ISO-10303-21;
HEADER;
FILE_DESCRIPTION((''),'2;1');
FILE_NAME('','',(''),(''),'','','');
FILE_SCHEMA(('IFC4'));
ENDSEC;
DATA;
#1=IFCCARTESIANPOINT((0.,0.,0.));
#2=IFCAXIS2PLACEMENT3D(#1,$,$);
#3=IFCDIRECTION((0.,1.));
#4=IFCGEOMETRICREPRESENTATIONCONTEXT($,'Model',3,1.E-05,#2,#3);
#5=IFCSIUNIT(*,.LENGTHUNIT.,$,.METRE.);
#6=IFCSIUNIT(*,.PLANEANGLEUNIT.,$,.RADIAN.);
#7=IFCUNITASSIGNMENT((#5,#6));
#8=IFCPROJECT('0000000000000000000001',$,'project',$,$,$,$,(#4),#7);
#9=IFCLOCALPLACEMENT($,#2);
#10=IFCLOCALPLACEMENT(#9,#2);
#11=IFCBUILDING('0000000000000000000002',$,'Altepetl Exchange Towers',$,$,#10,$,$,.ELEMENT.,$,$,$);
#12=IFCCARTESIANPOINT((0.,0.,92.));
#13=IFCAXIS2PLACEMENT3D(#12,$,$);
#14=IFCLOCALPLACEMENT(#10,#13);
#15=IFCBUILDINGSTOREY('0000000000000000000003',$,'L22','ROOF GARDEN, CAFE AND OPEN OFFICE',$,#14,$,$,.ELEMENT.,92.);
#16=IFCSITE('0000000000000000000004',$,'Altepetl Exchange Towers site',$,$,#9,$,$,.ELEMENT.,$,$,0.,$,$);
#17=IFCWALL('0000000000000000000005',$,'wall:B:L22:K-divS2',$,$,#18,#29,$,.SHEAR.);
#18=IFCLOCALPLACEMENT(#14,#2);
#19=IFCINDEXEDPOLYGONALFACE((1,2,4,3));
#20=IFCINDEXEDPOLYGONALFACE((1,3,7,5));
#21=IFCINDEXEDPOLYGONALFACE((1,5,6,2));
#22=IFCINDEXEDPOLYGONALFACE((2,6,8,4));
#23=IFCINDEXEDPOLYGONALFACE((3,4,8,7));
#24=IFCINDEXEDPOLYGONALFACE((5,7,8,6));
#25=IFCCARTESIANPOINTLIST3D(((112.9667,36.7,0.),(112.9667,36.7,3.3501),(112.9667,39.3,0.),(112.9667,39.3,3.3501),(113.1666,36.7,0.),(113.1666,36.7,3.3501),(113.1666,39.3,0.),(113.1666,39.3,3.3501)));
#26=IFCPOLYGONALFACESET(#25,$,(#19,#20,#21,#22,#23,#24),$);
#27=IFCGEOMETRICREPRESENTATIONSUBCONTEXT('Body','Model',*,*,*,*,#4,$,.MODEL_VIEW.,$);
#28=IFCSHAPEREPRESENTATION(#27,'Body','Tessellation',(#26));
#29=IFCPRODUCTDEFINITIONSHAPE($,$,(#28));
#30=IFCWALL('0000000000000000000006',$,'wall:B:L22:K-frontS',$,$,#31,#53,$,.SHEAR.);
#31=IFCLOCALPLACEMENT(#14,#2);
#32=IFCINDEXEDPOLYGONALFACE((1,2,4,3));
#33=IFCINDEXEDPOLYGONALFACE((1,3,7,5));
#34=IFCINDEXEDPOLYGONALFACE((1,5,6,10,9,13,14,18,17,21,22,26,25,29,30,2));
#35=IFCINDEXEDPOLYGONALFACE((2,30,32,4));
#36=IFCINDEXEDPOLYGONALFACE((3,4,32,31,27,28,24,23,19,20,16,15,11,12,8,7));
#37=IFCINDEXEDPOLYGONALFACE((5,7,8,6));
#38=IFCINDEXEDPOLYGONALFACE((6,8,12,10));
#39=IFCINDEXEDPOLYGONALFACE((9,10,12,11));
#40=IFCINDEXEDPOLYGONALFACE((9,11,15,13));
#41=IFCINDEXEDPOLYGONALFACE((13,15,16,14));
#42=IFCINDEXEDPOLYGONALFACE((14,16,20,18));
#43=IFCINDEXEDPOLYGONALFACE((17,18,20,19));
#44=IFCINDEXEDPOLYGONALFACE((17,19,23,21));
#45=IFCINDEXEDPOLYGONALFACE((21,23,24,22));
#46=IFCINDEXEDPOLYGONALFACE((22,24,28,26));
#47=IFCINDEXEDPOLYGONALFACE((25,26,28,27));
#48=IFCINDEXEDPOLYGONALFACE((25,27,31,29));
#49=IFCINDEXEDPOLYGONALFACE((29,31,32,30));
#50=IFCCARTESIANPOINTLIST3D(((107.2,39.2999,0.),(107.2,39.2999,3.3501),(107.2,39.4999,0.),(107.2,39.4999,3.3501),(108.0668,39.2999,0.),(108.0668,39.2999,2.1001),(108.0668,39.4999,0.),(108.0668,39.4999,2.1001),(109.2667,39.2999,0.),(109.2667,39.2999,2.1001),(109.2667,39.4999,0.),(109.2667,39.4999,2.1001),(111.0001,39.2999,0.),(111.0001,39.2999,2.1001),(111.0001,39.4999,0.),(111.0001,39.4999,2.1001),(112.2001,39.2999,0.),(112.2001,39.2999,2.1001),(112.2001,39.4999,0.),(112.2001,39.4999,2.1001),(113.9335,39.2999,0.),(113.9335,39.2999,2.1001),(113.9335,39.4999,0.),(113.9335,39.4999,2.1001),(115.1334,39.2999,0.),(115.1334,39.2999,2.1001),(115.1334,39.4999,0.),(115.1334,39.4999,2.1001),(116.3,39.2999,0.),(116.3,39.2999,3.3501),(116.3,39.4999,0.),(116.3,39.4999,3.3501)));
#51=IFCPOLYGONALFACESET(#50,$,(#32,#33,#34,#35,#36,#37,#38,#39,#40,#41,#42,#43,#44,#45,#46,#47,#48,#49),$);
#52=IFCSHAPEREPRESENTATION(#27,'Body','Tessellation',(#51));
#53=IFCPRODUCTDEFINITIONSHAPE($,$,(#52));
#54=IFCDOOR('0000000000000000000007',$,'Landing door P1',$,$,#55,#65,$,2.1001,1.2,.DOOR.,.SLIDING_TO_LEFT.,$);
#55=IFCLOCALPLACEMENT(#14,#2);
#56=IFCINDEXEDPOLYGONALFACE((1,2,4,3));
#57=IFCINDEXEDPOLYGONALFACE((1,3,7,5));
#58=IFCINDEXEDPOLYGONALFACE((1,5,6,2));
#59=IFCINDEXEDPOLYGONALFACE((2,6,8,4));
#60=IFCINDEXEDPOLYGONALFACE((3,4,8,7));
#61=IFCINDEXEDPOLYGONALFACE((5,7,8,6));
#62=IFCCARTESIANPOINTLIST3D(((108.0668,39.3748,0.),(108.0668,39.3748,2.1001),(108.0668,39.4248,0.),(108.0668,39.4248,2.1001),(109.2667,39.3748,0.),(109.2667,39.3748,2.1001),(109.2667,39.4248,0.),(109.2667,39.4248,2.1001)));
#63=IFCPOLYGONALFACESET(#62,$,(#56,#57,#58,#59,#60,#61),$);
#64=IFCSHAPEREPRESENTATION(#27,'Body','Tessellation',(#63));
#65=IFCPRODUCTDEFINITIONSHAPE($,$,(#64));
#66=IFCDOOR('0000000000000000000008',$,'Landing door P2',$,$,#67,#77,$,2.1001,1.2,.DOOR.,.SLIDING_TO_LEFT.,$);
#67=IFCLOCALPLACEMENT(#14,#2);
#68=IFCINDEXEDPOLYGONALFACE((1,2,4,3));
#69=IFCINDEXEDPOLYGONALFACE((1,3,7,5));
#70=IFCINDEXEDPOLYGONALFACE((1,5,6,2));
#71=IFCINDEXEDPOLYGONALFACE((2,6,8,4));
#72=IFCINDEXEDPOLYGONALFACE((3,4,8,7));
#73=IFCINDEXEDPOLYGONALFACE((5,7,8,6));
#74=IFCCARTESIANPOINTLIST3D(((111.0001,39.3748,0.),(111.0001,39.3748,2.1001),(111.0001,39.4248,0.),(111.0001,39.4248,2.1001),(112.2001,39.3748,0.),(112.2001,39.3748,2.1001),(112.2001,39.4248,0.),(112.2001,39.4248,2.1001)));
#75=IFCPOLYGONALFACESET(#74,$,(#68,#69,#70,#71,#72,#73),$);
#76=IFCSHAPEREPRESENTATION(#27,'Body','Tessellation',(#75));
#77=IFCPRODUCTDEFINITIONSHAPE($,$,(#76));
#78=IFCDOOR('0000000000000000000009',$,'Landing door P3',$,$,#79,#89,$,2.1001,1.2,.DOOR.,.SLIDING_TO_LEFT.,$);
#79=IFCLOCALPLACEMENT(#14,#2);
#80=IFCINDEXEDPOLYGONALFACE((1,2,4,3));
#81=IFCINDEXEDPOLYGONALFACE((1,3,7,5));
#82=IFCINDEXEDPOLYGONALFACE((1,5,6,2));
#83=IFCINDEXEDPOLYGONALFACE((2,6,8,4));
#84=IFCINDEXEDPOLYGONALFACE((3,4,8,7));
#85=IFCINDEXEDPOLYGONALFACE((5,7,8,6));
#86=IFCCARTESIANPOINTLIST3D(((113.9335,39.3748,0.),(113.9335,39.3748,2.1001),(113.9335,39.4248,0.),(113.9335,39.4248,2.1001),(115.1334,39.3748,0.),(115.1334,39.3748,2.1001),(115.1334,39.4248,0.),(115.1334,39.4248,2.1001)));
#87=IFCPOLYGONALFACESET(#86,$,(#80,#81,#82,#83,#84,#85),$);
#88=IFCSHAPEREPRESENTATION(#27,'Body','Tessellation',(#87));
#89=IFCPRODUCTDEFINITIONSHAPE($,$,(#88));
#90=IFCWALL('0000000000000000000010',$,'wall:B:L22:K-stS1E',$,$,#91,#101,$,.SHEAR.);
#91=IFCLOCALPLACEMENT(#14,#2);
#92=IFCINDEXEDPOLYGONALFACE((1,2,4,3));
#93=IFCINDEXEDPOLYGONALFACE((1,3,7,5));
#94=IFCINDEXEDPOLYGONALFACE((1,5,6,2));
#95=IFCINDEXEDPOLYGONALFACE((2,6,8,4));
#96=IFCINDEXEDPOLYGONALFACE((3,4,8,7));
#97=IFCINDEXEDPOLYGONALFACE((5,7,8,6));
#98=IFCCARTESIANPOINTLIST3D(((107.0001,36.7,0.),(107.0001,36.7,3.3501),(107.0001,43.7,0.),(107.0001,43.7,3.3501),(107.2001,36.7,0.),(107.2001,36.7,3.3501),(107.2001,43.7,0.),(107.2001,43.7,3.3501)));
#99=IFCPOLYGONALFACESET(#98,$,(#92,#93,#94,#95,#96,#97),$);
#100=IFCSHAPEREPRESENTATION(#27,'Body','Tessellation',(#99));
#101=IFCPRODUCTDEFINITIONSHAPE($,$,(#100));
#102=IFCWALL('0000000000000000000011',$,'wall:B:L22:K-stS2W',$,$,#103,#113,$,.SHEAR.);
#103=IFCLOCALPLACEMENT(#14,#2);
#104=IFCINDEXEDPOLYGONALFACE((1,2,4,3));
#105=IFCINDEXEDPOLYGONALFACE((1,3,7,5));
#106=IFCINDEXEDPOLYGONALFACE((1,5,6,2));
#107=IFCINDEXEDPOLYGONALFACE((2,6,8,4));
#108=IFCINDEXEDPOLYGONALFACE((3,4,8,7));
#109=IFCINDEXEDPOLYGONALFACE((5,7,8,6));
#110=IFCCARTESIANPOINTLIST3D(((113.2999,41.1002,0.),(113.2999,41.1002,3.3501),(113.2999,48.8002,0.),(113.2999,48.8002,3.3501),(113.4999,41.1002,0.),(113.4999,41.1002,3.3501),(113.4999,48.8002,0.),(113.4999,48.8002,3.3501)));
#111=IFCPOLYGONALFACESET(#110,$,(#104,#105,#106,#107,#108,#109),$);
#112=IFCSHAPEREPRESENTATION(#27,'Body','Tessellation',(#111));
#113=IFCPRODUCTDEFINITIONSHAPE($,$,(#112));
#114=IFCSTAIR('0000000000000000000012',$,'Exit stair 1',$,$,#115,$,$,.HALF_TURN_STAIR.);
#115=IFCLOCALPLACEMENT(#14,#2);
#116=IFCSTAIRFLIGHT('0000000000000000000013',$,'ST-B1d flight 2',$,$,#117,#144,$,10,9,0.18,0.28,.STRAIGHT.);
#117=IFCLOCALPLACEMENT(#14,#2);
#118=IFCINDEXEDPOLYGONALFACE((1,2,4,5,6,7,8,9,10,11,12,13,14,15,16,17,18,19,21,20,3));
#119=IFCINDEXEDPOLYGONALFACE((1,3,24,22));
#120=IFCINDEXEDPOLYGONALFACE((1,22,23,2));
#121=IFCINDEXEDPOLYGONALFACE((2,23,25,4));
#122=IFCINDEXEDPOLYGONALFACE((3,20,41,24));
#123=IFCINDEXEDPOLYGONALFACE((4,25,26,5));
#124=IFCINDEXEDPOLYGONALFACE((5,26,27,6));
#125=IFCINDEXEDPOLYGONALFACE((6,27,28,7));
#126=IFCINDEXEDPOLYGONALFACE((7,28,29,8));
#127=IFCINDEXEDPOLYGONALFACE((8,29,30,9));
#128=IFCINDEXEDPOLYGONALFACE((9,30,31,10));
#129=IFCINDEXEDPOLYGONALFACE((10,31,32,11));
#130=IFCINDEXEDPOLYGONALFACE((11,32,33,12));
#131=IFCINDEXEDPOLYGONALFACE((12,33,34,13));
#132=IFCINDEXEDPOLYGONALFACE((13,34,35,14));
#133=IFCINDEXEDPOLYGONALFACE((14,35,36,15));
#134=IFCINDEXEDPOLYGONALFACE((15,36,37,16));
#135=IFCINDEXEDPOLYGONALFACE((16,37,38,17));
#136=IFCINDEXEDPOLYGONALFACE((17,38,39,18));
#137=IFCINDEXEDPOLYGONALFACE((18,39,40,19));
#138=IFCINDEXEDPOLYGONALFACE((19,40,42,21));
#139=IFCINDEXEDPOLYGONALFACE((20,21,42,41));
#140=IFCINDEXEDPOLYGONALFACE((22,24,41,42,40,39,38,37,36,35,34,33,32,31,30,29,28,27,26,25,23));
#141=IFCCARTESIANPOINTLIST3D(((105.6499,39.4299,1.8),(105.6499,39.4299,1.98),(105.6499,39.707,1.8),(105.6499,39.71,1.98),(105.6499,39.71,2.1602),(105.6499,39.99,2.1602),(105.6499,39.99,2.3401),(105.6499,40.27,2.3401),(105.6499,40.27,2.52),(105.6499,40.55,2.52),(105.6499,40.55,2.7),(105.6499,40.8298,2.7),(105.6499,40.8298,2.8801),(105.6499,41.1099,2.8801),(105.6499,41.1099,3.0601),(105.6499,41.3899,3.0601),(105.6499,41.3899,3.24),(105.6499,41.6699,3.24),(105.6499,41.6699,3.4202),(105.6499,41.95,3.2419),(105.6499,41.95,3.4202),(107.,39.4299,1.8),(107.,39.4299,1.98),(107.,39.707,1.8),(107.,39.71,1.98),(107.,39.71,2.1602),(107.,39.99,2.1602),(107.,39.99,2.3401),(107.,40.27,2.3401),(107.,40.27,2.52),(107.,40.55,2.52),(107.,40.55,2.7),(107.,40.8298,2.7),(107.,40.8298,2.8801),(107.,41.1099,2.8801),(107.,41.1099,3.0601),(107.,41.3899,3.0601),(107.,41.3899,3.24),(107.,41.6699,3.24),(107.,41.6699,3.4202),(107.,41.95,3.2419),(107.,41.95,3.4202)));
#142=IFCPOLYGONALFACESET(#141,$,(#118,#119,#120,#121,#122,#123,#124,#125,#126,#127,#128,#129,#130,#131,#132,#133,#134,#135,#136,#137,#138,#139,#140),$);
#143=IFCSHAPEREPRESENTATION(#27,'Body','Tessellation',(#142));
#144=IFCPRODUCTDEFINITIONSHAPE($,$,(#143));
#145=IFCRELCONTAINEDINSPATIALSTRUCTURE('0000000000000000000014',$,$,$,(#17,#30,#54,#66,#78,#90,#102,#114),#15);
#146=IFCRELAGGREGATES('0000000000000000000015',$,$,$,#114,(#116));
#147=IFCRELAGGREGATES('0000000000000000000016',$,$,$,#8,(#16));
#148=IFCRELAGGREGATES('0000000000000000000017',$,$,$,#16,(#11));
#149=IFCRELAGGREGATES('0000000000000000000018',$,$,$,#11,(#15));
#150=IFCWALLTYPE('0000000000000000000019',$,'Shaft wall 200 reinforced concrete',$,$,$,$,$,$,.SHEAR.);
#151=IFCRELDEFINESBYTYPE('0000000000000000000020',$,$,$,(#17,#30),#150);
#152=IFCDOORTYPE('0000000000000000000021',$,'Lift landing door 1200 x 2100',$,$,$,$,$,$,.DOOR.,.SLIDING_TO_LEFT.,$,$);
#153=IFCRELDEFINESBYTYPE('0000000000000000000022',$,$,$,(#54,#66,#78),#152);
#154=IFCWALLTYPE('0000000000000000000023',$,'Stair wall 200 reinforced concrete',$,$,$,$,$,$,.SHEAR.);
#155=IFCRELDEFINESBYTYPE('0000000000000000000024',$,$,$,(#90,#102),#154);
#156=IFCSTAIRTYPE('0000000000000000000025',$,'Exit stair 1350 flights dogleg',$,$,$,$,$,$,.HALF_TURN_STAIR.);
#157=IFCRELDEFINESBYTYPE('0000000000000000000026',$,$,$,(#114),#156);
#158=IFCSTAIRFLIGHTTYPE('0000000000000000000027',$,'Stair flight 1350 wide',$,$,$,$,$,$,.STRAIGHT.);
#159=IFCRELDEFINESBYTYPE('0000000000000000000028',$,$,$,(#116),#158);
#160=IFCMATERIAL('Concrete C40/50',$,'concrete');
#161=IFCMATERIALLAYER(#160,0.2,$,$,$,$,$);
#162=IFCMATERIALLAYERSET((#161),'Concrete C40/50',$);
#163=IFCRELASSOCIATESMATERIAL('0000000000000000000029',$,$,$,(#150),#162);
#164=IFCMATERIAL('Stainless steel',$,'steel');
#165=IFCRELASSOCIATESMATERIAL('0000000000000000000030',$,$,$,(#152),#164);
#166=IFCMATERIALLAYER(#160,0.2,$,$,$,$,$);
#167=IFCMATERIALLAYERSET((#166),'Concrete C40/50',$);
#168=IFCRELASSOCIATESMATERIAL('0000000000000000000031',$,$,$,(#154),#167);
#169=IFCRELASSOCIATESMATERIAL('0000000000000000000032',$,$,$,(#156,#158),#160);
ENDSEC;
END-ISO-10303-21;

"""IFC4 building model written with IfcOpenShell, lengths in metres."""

from ifc_helpers import new_model, si_unit, direction, frame, frame_2d, origin, place, context, subcontext, project, spatial, polyline, rectangle, outline, extrude, material, layer, layer_set, type_object, element, fill, aggregate, save


model = new_model("IFC4")

# Units and contexts
model_context = context("Model", 3, precision=1e-05, world=origin(), true_north=direction((0.0, 1.0)))
body_context = subcontext(model_context, "Body", "Model", "MODEL_VIEW")
ifc_project = project(units=[si_unit("LENGTHUNIT", "METRE"), si_unit("PLANEANGLEUNIT", "RADIAN")], contexts=[model_context])

# Site, building, storey
site_placement = place(None, origin())
site = spatial("IfcSite", under=ifc_project, at=site_placement, Name="Altepetl Exchange Towers site", CompositionType="ELEMENT", RefElevation=0.0)
building_placement = place(site_placement, origin())
building = spatial("IfcBuilding", under=site, at=building_placement, Name="Altepetl Exchange Towers", CompositionType="ELEMENT")
storey_placement = place(building_placement, frame((0.0, 0.0, 92.0)))
storey = spatial("IfcBuildingStorey", under=building, at=storey_placement, Name="L22", Description="ROOF GARDEN, CAFE AND OPEN OFFICE", CompositionType="ELEMENT", Elevation=92.0)

# Wall
ifc_material_1 = material(Name="Concrete C40/50", Category="concrete")
ifc_layer_1 = layer(ifc_material_1, 0.2)
ifc_layer_set_1 = layer_set([ifc_layer_1], Name="Concrete C40/50")
wall_type_1 = type_object("IfcWallType", Name="Shaft wall 200 reinforced concrete", PredefinedType="SHEAR", material=ifc_layer_set_1)
for number, where, z_axis, x_axis, name in (
    (1, (113.0667, 36.7, 0.0), (0.0, 0.0, 1.0), (0.0, 1.0, 0.0), "wall:B:L22:K-divS2"),
):
    element("IfcWall", number, at=place(storey_placement, frame(where, z_axis=z_axis, x_axis=x_axis)), inside=storey, type_object=wall_type_1, Name=name, PredefinedType="SHEAR", context=body_context, shape_type="SweptSolid", body=[
        extrude(rectangle(XDim=2.6001, YDim=0.2, at=frame_2d((1.3, 0.0))), origin(), (0.0, 0.0, 1.0), 3.3501),
    ])

# Wall, openings, doors
wall_1_placement = place(storey_placement, frame((107.2, 39.3999, 0.0)))
wall_1 = element("IfcWall", 2, at=wall_1_placement, inside=storey, type_object=wall_type_1, Name="wall:B:L22:K-frontS", PredefinedType="SHEAR", context=body_context, shape_type="SweptSolid", body=[
    extrude(rectangle(XDim=9.1001, YDim=0.2, at=frame_2d((4.55, 0.0))), origin(), (0.0, 0.0, 1.0), 3.3501),
])
opening_1_placement = place(wall_1_placement, frame((0.8667, 0.0, 0.0)))
opening_1 = element("IfcOpeningElement", 3, at=opening_1_placement, cuts=wall_1, PredefinedType="OPENING", context=body_context, shape_type="SweptSolid", body=[
    extrude(rectangle(XDim=1.2, YDim=2.1001, at=frame_2d((0.6001, 1.05))), frame((0.0, 0.1099, 0.0), z_axis=(0.0, -1.0, 0.0), x_axis=(1.0, 0.0, 0.0)), (0.0, 0.0, 1.0), 0.22),
])
opening_2_placement = place(wall_1_placement, frame((3.8, 0.0, 0.0)))
opening_2 = element("IfcOpeningElement", 4, at=opening_2_placement, cuts=wall_1, PredefinedType="OPENING", context=body_context, shape_type="SweptSolid", body=[
    extrude(rectangle(XDim=1.2, YDim=2.1001, at=frame_2d((0.6001, 1.05))), frame((0.0, 0.1099, 0.0), z_axis=(0.0, -1.0, 0.0), x_axis=(1.0, 0.0, 0.0)), (0.0, 0.0, 1.0), 0.22),
])
opening_3_placement = place(wall_1_placement, frame((6.7334, 0.0, 0.0)))
opening_3 = element("IfcOpeningElement", 5, at=opening_3_placement, cuts=wall_1, PredefinedType="OPENING", context=body_context, shape_type="SweptSolid", body=[
    extrude(rectangle(XDim=1.2, YDim=2.1001, at=frame_2d((0.6001, 1.05))), frame((0.0, 0.1099, 0.0), z_axis=(0.0, -1.0, 0.0), x_axis=(1.0, 0.0, 0.0)), (0.0, 0.0, 1.0), 0.22),
])
ifc_material_2 = material(Name="Stainless steel", Category="steel")
door_type_1 = type_object("IfcDoorType", Name="Lift landing door 1200 x 2100", OperationType="SLIDING_TO_LEFT", PredefinedType="DOOR", material=ifc_material_2)
door_1_placement = place(opening_1_placement, origin())
door_1 = element("IfcDoor", 6, at=door_1_placement, inside=storey, type_object=door_type_1, Name="Landing door P1", OperationType="SLIDING_TO_LEFT", OverallHeight=2.1001, OverallWidth=1.2, PredefinedType="DOOR", context=body_context, shape_type="SweptSolid", body=[
    extrude(rectangle(XDim=1.2, YDim=2.1001, at=frame_2d((0.6001, 1.05))), frame((0.0, 0.0249, 0.0), z_axis=(0.0, -1.0, 0.0), x_axis=(1.0, 0.0, 0.0)), (0.0, 0.0, 1.0), 0.05),
])
fill(opening_1, door_1)
door_2_placement = place(opening_2_placement, origin())
door_2 = element("IfcDoor", 7, at=door_2_placement, inside=storey, type_object=door_type_1, Name="Landing door P2", OperationType="SLIDING_TO_LEFT", OverallHeight=2.1001, OverallWidth=1.2, PredefinedType="DOOR", context=body_context, shape_type="SweptSolid", body=[
    extrude(rectangle(XDim=1.2, YDim=2.1001, at=frame_2d((0.6001, 1.05))), frame((0.0, 0.0249, 0.0), z_axis=(0.0, -1.0, 0.0), x_axis=(1.0, 0.0, 0.0)), (0.0, 0.0, 1.0), 0.05),
])
fill(opening_2, door_2)
door_3_placement = place(opening_3_placement, origin())
door_3 = element("IfcDoor", 8, at=door_3_placement, inside=storey, type_object=door_type_1, Name="Landing door P3", OperationType="SLIDING_TO_LEFT", OverallHeight=2.1001, OverallWidth=1.2, PredefinedType="DOOR", context=body_context, shape_type="SweptSolid", body=[
    extrude(rectangle(XDim=1.2, YDim=2.1001, at=frame_2d((0.6001, 1.05))), frame((0.0, 0.0249, 0.0), z_axis=(0.0, -1.0, 0.0), x_axis=(1.0, 0.0, 0.0)), (0.0, 0.0, 1.0), 0.05),
])
fill(opening_3, door_3)

# Walls
ifc_layer_2 = layer(ifc_material_1, 0.2)
ifc_layer_set_2 = layer_set([ifc_layer_2], Name="Concrete C40/50")
wall_type_2 = type_object("IfcWallType", Name="Stair wall 200 reinforced concrete", PredefinedType="SHEAR", material=ifc_layer_set_2)
wall_2_placement = place(storey_placement, frame((107.1001, 36.7, 0.0), z_axis=(0.0, 0.0, 1.0), x_axis=(0.0, 1.0, 0.0)))
element("IfcWall", 9, at=wall_2_placement, inside=storey, type_object=wall_type_2, Name="wall:B:L22:K-stS1E", PredefinedType="SHEAR", context=body_context, shape_type="SweptSolid", body=[
    extrude(rectangle(XDim=7.0, YDim=0.2, at=frame_2d((3.5, 0.0))), origin(), (0.0, 0.0, 1.0), 3.3501),
])
wall_3_placement = place(storey_placement, frame((113.3999, 41.1001, 0.0), z_axis=(0.0, 0.0, 1.0), x_axis=(0.0, 1.0, 0.0)))
element("IfcWall", 10, at=wall_3_placement, inside=storey, type_object=wall_type_2, Name="wall:B:L22:K-stS2W", PredefinedType="SHEAR", context=body_context, shape_type="SweptSolid", body=[
    extrude(rectangle(XDim=7.7, YDim=0.2, at=frame_2d((3.8501, 0.0))), origin(), (0.0, 0.0, 1.0), 3.3501),
])

# Stair, stair flight
stair_type = type_object("IfcStairType", Name="Exit stair 1350 flights dogleg", PredefinedType="HALF_TURN_STAIR", material=ifc_material_1)
stair_placement = place(storey_placement, origin())
stair = element("IfcStair", 11, at=stair_placement, inside=storey, type_object=stair_type, Name="Exit stair 1", PredefinedType="HALF_TURN_STAIR")
stair_flight_type = type_object("IfcStairFlightType", Name="Stair flight 1350 wide", PredefinedType="STRAIGHT", material=ifc_material_1)
stair_flight_placement = place(storey_placement, frame((106.325, 39.4299, 1.8), z_axis=(0.0, 0.0, 1.0), x_axis=(0.0, 1.0, 0.0)))
stair_flight = element("IfcStairFlight", 12, at=stair_flight_placement, type_object=stair_flight_type, Name="ST-B1d flight 2", NumberOfRisers=10, NumberOfTreads=9, PredefinedType="STRAIGHT", RiserHeight=0.18, TreadLength=0.28, context=body_context, shape_type="SweptSolid", body=[
    extrude(outline(polyline([(0.0, 0.0), (0.0, 0.1799), (0.28, 0.1799), (0.28, 0.3601), (0.5601, 0.3601), (0.5601, 0.54), (0.8401, 0.54), (0.8401, 0.72), (1.1201, 0.72), (1.1201, 0.8999), (1.3999, 0.8999), (1.3999, 1.0801), (1.6799, 1.0801), (1.6799, 1.26), (1.96, 1.26), (1.96, 1.4399), (2.24, 1.4399), (2.24, 1.6201), (2.52, 1.6201), (2.52, 1.8), (2.52, 1.4419), (0.2771, 0.0), (0.0, 0.0)])), frame((0.0, 0.675, 0.0), z_axis=(0.0, -1.0, 0.0), x_axis=(1.0, 0.0, 0.0)), (0.0, 0.0, 1.0), 1.3501),
])
aggregate(stair, [stair_flight])

save(model, "model.ifc")
